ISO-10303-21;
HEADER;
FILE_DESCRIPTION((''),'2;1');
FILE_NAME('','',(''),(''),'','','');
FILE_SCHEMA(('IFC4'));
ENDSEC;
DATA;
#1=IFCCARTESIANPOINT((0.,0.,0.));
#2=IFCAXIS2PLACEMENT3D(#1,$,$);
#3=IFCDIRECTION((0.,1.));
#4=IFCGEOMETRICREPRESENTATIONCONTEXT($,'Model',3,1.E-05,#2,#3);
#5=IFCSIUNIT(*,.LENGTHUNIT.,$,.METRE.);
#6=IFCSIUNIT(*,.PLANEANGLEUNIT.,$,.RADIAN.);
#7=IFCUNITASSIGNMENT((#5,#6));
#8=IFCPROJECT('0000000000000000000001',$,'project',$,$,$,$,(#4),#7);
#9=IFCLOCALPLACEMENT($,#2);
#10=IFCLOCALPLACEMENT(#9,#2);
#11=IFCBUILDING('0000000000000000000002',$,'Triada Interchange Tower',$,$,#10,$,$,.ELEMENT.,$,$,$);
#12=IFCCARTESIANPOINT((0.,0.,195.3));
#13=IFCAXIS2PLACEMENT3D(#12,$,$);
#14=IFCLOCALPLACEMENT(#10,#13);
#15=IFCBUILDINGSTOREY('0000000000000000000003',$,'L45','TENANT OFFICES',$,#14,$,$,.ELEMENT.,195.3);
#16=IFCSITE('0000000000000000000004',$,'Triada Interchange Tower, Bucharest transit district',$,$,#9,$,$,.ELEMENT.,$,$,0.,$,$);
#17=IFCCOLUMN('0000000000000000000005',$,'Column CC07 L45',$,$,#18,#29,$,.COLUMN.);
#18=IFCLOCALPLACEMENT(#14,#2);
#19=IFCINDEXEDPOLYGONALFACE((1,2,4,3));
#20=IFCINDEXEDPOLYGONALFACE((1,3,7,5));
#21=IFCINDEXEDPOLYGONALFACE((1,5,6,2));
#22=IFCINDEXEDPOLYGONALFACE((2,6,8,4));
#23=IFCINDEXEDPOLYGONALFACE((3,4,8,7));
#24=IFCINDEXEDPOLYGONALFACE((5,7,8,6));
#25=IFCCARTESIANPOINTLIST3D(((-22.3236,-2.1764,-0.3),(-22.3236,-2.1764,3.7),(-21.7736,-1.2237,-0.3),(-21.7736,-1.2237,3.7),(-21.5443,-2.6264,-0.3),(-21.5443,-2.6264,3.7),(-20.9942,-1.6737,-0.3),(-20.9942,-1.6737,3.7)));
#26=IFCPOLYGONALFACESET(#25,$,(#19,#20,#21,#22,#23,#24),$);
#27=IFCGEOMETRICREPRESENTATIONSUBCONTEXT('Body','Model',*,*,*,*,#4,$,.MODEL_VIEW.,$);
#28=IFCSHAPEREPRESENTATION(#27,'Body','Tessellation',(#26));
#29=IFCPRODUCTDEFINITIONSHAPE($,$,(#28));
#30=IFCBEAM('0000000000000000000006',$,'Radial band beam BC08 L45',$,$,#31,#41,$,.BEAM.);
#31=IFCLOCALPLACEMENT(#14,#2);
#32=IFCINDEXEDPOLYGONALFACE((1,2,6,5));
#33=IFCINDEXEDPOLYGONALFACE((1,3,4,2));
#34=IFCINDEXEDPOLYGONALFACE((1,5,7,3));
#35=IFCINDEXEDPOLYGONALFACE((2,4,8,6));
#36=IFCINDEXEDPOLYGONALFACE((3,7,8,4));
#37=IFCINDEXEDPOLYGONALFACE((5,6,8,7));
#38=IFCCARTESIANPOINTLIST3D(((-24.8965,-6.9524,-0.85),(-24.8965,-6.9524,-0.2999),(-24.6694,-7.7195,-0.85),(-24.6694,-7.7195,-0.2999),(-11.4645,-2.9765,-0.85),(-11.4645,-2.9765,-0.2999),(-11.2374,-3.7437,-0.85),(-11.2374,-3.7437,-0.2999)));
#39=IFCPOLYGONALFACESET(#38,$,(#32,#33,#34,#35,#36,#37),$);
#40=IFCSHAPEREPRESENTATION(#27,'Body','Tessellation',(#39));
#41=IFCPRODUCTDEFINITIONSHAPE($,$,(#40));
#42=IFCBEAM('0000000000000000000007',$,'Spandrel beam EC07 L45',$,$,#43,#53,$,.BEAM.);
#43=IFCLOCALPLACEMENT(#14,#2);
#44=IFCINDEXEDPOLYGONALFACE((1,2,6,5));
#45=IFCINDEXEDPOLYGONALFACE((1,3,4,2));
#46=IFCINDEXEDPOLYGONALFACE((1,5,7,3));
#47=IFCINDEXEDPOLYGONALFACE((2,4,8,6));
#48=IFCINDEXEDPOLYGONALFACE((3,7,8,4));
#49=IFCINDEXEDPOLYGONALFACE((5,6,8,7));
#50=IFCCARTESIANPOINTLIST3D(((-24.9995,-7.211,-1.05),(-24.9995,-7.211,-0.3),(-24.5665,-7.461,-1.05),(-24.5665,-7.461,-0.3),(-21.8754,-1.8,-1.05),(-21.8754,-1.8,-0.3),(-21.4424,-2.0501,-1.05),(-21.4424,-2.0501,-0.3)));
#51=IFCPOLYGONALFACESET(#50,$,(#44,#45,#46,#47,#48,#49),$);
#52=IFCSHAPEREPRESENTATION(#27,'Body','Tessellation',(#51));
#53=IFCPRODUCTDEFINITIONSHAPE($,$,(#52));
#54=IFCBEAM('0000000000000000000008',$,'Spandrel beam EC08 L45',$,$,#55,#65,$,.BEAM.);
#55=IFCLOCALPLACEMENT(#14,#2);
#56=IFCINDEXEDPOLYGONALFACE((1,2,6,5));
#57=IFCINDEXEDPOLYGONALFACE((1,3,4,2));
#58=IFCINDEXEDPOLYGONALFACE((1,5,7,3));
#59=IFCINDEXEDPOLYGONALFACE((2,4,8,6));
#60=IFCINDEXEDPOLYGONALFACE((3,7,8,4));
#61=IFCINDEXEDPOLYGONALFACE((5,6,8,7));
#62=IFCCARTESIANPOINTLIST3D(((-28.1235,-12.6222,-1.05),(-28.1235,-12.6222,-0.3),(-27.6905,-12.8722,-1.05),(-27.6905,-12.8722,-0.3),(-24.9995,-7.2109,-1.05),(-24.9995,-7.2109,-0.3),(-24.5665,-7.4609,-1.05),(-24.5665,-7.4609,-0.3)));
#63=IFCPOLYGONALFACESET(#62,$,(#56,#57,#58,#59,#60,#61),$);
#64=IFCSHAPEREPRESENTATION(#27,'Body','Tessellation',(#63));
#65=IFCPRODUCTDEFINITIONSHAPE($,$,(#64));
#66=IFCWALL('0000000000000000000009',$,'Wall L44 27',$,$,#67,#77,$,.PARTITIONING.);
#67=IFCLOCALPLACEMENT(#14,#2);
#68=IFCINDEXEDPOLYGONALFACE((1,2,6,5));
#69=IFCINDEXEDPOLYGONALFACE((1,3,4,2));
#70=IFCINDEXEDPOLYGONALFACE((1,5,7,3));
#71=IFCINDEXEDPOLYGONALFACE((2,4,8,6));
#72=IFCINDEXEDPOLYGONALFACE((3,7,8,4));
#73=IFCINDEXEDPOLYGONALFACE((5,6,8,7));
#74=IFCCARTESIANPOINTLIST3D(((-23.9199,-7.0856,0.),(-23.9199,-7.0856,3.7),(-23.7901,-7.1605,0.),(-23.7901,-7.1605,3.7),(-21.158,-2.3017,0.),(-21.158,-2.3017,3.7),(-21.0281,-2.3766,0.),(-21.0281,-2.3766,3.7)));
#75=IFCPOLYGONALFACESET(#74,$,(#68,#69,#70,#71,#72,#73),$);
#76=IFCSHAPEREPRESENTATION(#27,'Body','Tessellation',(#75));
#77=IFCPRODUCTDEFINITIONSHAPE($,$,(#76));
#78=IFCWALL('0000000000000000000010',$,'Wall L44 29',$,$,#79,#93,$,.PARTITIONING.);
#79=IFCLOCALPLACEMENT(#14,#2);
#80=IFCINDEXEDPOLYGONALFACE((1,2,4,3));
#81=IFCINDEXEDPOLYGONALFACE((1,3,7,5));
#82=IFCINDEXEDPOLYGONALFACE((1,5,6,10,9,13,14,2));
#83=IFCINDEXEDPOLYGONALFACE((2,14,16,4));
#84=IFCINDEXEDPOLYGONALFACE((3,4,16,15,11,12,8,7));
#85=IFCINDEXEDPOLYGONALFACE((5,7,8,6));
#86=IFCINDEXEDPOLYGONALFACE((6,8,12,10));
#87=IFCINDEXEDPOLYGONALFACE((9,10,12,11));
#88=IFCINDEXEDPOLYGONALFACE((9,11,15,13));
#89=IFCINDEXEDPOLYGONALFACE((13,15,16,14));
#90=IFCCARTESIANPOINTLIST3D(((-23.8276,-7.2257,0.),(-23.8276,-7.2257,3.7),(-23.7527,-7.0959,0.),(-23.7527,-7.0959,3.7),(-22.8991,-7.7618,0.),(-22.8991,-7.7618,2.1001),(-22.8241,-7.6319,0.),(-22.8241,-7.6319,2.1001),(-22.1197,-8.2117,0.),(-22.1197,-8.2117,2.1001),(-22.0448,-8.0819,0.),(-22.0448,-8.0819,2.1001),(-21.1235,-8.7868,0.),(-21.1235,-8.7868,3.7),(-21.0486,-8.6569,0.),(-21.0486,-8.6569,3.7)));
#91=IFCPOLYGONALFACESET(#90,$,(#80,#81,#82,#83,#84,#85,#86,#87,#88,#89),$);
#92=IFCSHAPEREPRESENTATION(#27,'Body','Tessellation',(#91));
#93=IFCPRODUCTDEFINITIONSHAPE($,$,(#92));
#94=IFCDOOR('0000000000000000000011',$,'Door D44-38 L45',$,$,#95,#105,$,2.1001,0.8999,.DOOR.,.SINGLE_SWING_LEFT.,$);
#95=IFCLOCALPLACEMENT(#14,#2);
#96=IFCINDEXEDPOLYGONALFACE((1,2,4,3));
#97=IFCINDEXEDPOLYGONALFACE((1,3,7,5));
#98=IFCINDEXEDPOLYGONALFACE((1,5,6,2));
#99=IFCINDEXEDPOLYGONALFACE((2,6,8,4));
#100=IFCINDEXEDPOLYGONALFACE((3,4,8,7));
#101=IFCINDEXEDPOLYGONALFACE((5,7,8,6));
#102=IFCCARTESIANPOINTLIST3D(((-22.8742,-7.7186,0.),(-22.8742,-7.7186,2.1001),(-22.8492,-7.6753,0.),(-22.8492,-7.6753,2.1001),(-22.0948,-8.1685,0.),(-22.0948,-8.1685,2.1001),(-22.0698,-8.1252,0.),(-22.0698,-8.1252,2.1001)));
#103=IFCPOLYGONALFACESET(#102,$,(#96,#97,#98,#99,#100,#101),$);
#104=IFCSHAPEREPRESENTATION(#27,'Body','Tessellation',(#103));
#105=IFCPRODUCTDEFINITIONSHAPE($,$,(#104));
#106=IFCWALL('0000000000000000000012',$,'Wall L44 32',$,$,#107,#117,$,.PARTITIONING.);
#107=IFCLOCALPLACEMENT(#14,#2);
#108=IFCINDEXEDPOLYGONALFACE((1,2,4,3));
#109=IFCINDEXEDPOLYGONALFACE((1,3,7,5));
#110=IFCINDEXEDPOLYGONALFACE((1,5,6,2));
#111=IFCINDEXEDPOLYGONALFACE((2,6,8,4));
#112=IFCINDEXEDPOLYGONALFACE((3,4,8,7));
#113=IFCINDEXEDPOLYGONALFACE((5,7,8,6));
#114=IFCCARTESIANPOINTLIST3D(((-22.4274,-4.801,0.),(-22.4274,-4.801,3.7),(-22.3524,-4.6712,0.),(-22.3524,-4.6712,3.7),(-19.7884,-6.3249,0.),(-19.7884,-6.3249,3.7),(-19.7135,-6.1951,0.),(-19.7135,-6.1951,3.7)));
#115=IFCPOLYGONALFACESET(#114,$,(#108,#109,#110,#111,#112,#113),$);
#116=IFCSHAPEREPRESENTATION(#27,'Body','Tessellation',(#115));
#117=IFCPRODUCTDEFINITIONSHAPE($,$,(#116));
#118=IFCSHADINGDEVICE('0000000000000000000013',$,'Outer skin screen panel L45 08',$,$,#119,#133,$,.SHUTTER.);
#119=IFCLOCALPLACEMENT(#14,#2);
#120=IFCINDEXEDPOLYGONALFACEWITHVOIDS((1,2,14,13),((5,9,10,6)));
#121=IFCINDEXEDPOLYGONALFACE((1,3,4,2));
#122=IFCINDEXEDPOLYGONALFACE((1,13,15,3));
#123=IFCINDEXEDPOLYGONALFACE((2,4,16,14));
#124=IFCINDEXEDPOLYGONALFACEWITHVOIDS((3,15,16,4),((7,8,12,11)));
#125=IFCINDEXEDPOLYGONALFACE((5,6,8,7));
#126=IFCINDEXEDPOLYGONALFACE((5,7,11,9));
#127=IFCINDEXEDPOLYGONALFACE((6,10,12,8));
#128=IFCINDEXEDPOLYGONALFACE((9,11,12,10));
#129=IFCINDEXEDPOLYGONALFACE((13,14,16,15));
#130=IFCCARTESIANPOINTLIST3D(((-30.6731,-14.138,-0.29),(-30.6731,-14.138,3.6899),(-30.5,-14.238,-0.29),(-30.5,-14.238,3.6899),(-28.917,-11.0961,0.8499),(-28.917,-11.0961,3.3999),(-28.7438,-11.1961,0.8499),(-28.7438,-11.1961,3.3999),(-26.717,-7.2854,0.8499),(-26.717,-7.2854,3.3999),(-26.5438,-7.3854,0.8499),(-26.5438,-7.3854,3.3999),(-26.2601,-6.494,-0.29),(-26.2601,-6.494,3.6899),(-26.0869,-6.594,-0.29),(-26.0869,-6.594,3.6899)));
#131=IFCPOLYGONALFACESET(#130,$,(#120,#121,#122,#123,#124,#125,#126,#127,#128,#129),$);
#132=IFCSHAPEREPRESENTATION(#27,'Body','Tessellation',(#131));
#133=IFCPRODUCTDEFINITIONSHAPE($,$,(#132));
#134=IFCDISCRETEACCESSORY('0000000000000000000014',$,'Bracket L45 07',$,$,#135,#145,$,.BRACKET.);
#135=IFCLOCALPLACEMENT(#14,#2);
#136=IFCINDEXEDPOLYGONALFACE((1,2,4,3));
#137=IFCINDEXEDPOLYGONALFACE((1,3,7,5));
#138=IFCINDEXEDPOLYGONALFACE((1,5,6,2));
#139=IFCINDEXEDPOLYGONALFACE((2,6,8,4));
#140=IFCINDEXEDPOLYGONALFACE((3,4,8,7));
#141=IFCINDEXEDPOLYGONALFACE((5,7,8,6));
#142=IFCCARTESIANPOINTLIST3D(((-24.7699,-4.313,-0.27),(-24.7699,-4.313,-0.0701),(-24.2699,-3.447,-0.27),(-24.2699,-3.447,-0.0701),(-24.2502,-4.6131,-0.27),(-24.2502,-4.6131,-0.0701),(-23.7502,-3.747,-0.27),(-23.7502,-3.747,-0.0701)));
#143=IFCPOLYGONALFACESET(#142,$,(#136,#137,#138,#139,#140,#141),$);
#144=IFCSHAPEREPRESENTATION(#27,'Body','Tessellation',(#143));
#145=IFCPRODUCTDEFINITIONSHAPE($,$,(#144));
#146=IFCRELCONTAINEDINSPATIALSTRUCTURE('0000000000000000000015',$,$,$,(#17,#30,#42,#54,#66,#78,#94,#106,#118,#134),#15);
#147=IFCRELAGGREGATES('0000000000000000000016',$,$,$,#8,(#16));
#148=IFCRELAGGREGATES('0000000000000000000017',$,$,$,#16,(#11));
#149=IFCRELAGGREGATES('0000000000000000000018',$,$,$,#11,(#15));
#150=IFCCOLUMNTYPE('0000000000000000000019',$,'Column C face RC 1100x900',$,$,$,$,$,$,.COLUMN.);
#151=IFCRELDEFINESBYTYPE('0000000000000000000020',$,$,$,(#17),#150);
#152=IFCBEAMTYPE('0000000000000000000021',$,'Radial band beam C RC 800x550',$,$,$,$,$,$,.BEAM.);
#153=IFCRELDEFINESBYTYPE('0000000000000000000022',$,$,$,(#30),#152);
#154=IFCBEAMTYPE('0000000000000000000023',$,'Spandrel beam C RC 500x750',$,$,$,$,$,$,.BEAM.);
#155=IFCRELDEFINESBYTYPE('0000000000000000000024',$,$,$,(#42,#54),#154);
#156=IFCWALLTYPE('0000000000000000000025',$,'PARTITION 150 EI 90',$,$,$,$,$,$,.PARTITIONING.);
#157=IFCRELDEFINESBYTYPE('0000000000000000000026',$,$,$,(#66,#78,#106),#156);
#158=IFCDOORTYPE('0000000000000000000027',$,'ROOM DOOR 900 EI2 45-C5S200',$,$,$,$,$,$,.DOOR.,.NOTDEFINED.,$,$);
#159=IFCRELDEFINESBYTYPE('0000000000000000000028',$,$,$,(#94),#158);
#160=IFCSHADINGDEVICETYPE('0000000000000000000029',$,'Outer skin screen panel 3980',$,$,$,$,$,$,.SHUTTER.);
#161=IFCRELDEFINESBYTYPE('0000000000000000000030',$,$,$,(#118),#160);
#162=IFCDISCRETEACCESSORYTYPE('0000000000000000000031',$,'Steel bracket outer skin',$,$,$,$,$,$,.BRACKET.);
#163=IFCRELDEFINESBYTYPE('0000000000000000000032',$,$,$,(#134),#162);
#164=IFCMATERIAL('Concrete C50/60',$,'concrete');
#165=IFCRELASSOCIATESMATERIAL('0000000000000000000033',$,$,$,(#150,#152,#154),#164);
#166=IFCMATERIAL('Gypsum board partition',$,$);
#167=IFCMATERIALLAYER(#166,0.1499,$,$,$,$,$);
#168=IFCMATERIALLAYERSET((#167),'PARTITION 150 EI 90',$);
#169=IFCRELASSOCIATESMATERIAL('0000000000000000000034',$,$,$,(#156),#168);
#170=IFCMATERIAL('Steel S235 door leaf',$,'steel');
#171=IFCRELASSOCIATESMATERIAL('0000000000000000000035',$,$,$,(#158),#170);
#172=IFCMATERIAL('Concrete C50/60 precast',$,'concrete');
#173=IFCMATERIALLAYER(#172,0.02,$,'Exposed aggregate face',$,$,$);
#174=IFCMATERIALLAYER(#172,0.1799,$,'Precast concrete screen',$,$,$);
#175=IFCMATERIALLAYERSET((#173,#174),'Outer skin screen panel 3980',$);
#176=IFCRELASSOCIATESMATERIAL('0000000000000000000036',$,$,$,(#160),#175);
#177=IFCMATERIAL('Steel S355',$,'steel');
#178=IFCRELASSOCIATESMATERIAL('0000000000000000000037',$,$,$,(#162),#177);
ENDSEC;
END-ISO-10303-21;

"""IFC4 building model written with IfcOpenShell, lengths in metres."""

from ifc_helpers import new_model, si_unit, direction, frame, frame_2d, origin, origin_2d, place, context, subcontext, project, spatial, polyline, rectangle, outline, extrude, material, layer, layer_set, material_profile, profile_set, type_object, element, fill, save


model = new_model("IFC4")

# Units and contexts
model_context = context("Model", 3, precision=1e-05, world=origin(), true_north=direction((0.0, 1.0)))
body_context = subcontext(model_context, "Body", "Model", "MODEL_VIEW")
ifc_project = project(units=[si_unit("LENGTHUNIT", "METRE"), si_unit("PLANEANGLEUNIT", "RADIAN")], contexts=[model_context])

# Site, building, storey
site_placement = place(None, origin())
site = spatial("IfcSite", under=ifc_project, at=site_placement, Name="Triada Interchange Tower, Bucharest transit district", CompositionType="ELEMENT", RefElevation=0.0)
building_placement = place(site_placement, origin())
building = spatial("IfcBuilding", under=site, at=building_placement, Name="Triada Interchange Tower", CompositionType="ELEMENT")
storey_placement = place(building_placement, frame((0.0, 0.0, 195.3)))
storey = spatial("IfcBuildingStorey", under=building, at=storey_placement, Name="L45", Description="TENANT OFFICES", CompositionType="ELEMENT", Elevation=195.3)

# Column
ifc_material_1 = material(Name="Concrete C50/60", Category="concrete")
ifc_material_profile_1 = material_profile(ifc_material_1, rectangle(XDim=1.1001, YDim=0.8999, at=origin_2d()), Name="RC 1100x900")
ifc_profile_set_1 = profile_set([ifc_material_profile_1], Name="Concrete C50/60")
column_type = type_object("IfcColumnType", Name="Column C face RC 1100x900", PredefinedType="COLUMN", material=ifc_profile_set_1)
column_placement = place(storey_placement, frame((-21.6589, -1.925, -0.3), z_axis=(0.0, 0.0, 1.0), x_axis=(0.5, 0.866025, 0.0)))
element("IfcColumn", 1, at=column_placement, inside=storey, type_object=column_type, Name="Column CC07 L45", PredefinedType="COLUMN", context=body_context, shape_type="SweptSolid", body=[
    extrude(rectangle(XDim=1.1001, YDim=0.8999, at=origin_2d()), origin(), (0.0, 0.0, 1.0), 4.0),
])

# Beams
ifc_material_profile_2 = material_profile(ifc_material_1, rectangle(XDim=0.8, YDim=0.55, at=origin_2d()), Name="RC 800x550")
ifc_profile_set_2 = profile_set([ifc_material_profile_2], Name="Concrete C50/60")
beam_type_1 = type_object("IfcBeamType", Name="Radial band beam C RC 800x550", PredefinedType="BEAM", material=ifc_profile_set_2)
beam_1_placement = place(storey_placement, frame((-24.783, -7.3359, -0.575), z_axis=(0.958876, 0.283827, 0.0), x_axis=(-0.283827, 0.958876, 0.0)))
element("IfcBeam", 2, at=beam_1_placement, inside=storey, type_object=beam_type_1, Name="Radial band beam BC08 L45", PredefinedType="BEAM", context=body_context, shape_type="SweptSolid", body=[
    extrude(rectangle(XDim=0.8, YDim=0.55, at=origin_2d()), origin(), (0.0, 0.0, 1.0), 14.0081),
])
ifc_material_profile_3 = material_profile(ifc_material_1, rectangle(XDim=0.5, YDim=0.75, at=origin_2d()), Name="RC 500x750")
ifc_profile_set_3 = profile_set([ifc_material_profile_3], Name="Concrete C50/60")
beam_type_2 = type_object("IfcBeamType", Name="Spandrel beam C RC 500x750", PredefinedType="BEAM", material=ifc_profile_set_3)
beam_2_placement = place(storey_placement, frame((-21.6589, -1.925, -0.675), z_axis=(-0.500005, -0.866022, 0.0), x_axis=(0.866022, -0.500005, 0.0)))
element("IfcBeam", 3, at=beam_2_placement, inside=storey, type_object=beam_type_2, Name="Spandrel beam EC07 L45", PredefinedType="BEAM", context=body_context, shape_type="SweptSolid", body=[
    extrude(rectangle(XDim=0.5, YDim=0.75, at=origin_2d()), origin(), (0.0, 0.0, 1.0), 6.248),
])
beam_3_placement = place(storey_placement, frame((-24.783, -7.3359, -0.675), z_axis=(-0.499989, -0.866032, 0.0), x_axis=(0.866032, -0.499989, 0.0)))
element("IfcBeam", 4, at=beam_3_placement, inside=storey, type_object=beam_type_2, Name="Spandrel beam EC08 L45", PredefinedType="BEAM", context=body_context, shape_type="SweptSolid", body=[
    extrude(rectangle(XDim=0.5, YDim=0.75, at=origin_2d()), origin(), (0.0, 0.0, 1.0), 6.2483),
])

# Wall
ifc_material_2 = material(Name="Gypsum board partition")
ifc_layer_1 = layer(ifc_material_2, 0.1499)
ifc_layer_set_1 = layer_set([ifc_layer_1], Name="PARTITION 150 EI 90")
wall_type = type_object("IfcWallType", Name="PARTITION 150 EI 90", PredefinedType="PARTITIONING", material=ifc_layer_set_1)
wall_1_placement = place(storey_placement, frame((-23.855, -7.123, 0.0), z_axis=(0.0, 0.0, 1.0), x_axis=(0.499994, 0.866029, 0.0)))
element("IfcWall", 5, at=wall_1_placement, inside=storey, type_object=wall_type, Name="Wall L44 27", PredefinedType="PARTITIONING", context=body_context, shape_type="SweptSolid", body=[
    extrude(rectangle(XDim=5.5239, YDim=0.1499, at=frame_2d((2.762, 0.0))), origin(), (0.0, 0.0, 1.0), 3.7),
])

# Wall, opening, door
wall_2_placement = place(storey_placement, frame((-23.79, -7.1609, 0.0), z_axis=(0.0, 0.0, 1.0), x_axis=(0.86605, -0.499957, 0.0)))
wall_2 = element("IfcWall", 6, at=wall_2_placement, inside=storey, type_object=wall_type, Name="Wall L44 29", PredefinedType="PARTITIONING", context=body_context, shape_type="SweptSolid", body=[
    extrude(rectangle(XDim=3.1223, YDim=0.1499, at=frame_2d((1.561, 0.0))), origin(), (0.0, 0.0, 1.0), 3.7),
])
opening_placement = place(wall_2_placement, frame((1.072, 0.0, 0.0)))
opening = element("IfcOpeningElement", 7, at=opening_placement, cuts=wall_2, PredefinedType="OPENING", context=body_context, shape_type="SweptSolid", body=[
    extrude(rectangle(XDim=0.8999, YDim=2.1001, at=frame_2d((0.45, 1.05))), frame((0.0, 0.085, 0.0), z_axis=(0.0, -1.0, 0.0), x_axis=(1.0, 0.0, 0.0)), (0.0, 0.0, 1.0), 0.1699),
])
ifc_material_3 = material(Name="Steel S235 door leaf", Category="steel")
door_type = type_object("IfcDoorType", Name="ROOM DOOR 900 EI2 45-C5S200", OperationType="NOTDEFINED", PredefinedType="DOOR", material=ifc_material_3)
door_placement = place(opening_placement, origin())
door = element("IfcDoor", 8, at=door_placement, inside=storey, type_object=door_type, Name="Door D44-38 L45", OperationType="SINGLE_SWING_LEFT", OverallHeight=2.1001, OverallWidth=0.8999, PredefinedType="DOOR", context=body_context, shape_type="SweptSolid", body=[
    extrude(rectangle(XDim=0.8999, YDim=2.1001, at=frame_2d((0.45, 1.05))), frame((0.0, 0.0249, 0.0), z_axis=(0.0, -1.0, 0.0), x_axis=(1.0, 0.0, 0.0)), (0.0, 0.0, 1.0), 0.05),
])
fill(opening, door)

# Wall
wall_3_placement = place(storey_placement, frame((-22.3899, -4.7361, 0.0), z_axis=(0.0, 0.0, 1.0), x_axis=(0.865976, -0.500085, 0.0)))
element("IfcWall", 9, at=wall_3_placement, inside=storey, type_object=wall_type, Name="Wall L44 32", PredefinedType="PARTITIONING", context=body_context, shape_type="SweptSolid", body=[
    extrude(rectangle(XDim=3.0474, YDim=0.1499, at=frame_2d((1.5237, 0.0))), origin(), (0.0, 0.0, 1.0), 3.7),
])

# Shading device
ifc_material_4 = material(Name="Concrete C50/60 precast", Category="concrete")
ifc_layer_2 = layer(ifc_material_4, 0.02, Name="Exposed aggregate face")
ifc_layer_3 = layer(ifc_material_4, 0.1799, Name="Precast concrete screen")
ifc_layer_set_2 = layer_set([ifc_layer_2, ifc_layer_3], Name="Outer skin screen panel 3980")
shading_device_type = type_object("IfcShadingDeviceType", Name="Outer skin screen panel 3980", PredefinedType="SHUTTER", material=ifc_layer_set_2)
shading_device_placement = place(storey_placement, frame((-26.0869, -6.594, -0.29), z_axis=(0.0, 0.0, 1.0), x_axis=(-0.499983, -0.866035, 0.0)))
element("IfcShadingDevice", 10, at=shading_device_placement, inside=storey, type_object=shading_device_type, Name="Outer skin screen panel L45 08", PredefinedType="SHUTTER", context=body_context, shape_type="SweptSolid", body=[
    extrude(outline(polyline([(0.0, 0.0), (8.8264, 0.0), (8.8264, 3.98), (0.0, 3.98), (0.0, 0.0)]), holes=[polyline([(0.9138, 1.1399), (0.9138, 3.6899), (5.314, 3.6899), (5.314, 1.1399), (0.9138, 1.1399)])]), frame((0.0, 0.0, 0.0), z_axis=(0.0, -1.0, 0.0), x_axis=(1.0, 0.0, 0.0)), (0.0, 0.0, 1.0), 0.2),
])

# Discrete accessory
ifc_material_5 = material(Name="Steel S355", Category="steel")
discrete_accessory_type = type_object("IfcDiscreteAccessoryType", Name="Steel bracket outer skin", PredefinedType="BRACKET", material=ifc_material_5)
discrete_accessory_placement = place(storey_placement, frame((-24.26, -4.03, -0.27), z_axis=(0.0, 0.0, 1.0), x_axis=(-0.866023, 0.500003, 0.0)))
element("IfcDiscreteAccessory", 11, at=discrete_accessory_placement, inside=storey, type_object=discrete_accessory_type, Name="Bracket L45 07", PredefinedType="BRACKET", context=body_context, shape_type="SweptSolid", body=[
    extrude(rectangle(XDim=0.6001, YDim=1.0, at=origin_2d()), origin(), (0.0, 0.0, 1.0), 0.2),
])

save(model, "model.ifc")
